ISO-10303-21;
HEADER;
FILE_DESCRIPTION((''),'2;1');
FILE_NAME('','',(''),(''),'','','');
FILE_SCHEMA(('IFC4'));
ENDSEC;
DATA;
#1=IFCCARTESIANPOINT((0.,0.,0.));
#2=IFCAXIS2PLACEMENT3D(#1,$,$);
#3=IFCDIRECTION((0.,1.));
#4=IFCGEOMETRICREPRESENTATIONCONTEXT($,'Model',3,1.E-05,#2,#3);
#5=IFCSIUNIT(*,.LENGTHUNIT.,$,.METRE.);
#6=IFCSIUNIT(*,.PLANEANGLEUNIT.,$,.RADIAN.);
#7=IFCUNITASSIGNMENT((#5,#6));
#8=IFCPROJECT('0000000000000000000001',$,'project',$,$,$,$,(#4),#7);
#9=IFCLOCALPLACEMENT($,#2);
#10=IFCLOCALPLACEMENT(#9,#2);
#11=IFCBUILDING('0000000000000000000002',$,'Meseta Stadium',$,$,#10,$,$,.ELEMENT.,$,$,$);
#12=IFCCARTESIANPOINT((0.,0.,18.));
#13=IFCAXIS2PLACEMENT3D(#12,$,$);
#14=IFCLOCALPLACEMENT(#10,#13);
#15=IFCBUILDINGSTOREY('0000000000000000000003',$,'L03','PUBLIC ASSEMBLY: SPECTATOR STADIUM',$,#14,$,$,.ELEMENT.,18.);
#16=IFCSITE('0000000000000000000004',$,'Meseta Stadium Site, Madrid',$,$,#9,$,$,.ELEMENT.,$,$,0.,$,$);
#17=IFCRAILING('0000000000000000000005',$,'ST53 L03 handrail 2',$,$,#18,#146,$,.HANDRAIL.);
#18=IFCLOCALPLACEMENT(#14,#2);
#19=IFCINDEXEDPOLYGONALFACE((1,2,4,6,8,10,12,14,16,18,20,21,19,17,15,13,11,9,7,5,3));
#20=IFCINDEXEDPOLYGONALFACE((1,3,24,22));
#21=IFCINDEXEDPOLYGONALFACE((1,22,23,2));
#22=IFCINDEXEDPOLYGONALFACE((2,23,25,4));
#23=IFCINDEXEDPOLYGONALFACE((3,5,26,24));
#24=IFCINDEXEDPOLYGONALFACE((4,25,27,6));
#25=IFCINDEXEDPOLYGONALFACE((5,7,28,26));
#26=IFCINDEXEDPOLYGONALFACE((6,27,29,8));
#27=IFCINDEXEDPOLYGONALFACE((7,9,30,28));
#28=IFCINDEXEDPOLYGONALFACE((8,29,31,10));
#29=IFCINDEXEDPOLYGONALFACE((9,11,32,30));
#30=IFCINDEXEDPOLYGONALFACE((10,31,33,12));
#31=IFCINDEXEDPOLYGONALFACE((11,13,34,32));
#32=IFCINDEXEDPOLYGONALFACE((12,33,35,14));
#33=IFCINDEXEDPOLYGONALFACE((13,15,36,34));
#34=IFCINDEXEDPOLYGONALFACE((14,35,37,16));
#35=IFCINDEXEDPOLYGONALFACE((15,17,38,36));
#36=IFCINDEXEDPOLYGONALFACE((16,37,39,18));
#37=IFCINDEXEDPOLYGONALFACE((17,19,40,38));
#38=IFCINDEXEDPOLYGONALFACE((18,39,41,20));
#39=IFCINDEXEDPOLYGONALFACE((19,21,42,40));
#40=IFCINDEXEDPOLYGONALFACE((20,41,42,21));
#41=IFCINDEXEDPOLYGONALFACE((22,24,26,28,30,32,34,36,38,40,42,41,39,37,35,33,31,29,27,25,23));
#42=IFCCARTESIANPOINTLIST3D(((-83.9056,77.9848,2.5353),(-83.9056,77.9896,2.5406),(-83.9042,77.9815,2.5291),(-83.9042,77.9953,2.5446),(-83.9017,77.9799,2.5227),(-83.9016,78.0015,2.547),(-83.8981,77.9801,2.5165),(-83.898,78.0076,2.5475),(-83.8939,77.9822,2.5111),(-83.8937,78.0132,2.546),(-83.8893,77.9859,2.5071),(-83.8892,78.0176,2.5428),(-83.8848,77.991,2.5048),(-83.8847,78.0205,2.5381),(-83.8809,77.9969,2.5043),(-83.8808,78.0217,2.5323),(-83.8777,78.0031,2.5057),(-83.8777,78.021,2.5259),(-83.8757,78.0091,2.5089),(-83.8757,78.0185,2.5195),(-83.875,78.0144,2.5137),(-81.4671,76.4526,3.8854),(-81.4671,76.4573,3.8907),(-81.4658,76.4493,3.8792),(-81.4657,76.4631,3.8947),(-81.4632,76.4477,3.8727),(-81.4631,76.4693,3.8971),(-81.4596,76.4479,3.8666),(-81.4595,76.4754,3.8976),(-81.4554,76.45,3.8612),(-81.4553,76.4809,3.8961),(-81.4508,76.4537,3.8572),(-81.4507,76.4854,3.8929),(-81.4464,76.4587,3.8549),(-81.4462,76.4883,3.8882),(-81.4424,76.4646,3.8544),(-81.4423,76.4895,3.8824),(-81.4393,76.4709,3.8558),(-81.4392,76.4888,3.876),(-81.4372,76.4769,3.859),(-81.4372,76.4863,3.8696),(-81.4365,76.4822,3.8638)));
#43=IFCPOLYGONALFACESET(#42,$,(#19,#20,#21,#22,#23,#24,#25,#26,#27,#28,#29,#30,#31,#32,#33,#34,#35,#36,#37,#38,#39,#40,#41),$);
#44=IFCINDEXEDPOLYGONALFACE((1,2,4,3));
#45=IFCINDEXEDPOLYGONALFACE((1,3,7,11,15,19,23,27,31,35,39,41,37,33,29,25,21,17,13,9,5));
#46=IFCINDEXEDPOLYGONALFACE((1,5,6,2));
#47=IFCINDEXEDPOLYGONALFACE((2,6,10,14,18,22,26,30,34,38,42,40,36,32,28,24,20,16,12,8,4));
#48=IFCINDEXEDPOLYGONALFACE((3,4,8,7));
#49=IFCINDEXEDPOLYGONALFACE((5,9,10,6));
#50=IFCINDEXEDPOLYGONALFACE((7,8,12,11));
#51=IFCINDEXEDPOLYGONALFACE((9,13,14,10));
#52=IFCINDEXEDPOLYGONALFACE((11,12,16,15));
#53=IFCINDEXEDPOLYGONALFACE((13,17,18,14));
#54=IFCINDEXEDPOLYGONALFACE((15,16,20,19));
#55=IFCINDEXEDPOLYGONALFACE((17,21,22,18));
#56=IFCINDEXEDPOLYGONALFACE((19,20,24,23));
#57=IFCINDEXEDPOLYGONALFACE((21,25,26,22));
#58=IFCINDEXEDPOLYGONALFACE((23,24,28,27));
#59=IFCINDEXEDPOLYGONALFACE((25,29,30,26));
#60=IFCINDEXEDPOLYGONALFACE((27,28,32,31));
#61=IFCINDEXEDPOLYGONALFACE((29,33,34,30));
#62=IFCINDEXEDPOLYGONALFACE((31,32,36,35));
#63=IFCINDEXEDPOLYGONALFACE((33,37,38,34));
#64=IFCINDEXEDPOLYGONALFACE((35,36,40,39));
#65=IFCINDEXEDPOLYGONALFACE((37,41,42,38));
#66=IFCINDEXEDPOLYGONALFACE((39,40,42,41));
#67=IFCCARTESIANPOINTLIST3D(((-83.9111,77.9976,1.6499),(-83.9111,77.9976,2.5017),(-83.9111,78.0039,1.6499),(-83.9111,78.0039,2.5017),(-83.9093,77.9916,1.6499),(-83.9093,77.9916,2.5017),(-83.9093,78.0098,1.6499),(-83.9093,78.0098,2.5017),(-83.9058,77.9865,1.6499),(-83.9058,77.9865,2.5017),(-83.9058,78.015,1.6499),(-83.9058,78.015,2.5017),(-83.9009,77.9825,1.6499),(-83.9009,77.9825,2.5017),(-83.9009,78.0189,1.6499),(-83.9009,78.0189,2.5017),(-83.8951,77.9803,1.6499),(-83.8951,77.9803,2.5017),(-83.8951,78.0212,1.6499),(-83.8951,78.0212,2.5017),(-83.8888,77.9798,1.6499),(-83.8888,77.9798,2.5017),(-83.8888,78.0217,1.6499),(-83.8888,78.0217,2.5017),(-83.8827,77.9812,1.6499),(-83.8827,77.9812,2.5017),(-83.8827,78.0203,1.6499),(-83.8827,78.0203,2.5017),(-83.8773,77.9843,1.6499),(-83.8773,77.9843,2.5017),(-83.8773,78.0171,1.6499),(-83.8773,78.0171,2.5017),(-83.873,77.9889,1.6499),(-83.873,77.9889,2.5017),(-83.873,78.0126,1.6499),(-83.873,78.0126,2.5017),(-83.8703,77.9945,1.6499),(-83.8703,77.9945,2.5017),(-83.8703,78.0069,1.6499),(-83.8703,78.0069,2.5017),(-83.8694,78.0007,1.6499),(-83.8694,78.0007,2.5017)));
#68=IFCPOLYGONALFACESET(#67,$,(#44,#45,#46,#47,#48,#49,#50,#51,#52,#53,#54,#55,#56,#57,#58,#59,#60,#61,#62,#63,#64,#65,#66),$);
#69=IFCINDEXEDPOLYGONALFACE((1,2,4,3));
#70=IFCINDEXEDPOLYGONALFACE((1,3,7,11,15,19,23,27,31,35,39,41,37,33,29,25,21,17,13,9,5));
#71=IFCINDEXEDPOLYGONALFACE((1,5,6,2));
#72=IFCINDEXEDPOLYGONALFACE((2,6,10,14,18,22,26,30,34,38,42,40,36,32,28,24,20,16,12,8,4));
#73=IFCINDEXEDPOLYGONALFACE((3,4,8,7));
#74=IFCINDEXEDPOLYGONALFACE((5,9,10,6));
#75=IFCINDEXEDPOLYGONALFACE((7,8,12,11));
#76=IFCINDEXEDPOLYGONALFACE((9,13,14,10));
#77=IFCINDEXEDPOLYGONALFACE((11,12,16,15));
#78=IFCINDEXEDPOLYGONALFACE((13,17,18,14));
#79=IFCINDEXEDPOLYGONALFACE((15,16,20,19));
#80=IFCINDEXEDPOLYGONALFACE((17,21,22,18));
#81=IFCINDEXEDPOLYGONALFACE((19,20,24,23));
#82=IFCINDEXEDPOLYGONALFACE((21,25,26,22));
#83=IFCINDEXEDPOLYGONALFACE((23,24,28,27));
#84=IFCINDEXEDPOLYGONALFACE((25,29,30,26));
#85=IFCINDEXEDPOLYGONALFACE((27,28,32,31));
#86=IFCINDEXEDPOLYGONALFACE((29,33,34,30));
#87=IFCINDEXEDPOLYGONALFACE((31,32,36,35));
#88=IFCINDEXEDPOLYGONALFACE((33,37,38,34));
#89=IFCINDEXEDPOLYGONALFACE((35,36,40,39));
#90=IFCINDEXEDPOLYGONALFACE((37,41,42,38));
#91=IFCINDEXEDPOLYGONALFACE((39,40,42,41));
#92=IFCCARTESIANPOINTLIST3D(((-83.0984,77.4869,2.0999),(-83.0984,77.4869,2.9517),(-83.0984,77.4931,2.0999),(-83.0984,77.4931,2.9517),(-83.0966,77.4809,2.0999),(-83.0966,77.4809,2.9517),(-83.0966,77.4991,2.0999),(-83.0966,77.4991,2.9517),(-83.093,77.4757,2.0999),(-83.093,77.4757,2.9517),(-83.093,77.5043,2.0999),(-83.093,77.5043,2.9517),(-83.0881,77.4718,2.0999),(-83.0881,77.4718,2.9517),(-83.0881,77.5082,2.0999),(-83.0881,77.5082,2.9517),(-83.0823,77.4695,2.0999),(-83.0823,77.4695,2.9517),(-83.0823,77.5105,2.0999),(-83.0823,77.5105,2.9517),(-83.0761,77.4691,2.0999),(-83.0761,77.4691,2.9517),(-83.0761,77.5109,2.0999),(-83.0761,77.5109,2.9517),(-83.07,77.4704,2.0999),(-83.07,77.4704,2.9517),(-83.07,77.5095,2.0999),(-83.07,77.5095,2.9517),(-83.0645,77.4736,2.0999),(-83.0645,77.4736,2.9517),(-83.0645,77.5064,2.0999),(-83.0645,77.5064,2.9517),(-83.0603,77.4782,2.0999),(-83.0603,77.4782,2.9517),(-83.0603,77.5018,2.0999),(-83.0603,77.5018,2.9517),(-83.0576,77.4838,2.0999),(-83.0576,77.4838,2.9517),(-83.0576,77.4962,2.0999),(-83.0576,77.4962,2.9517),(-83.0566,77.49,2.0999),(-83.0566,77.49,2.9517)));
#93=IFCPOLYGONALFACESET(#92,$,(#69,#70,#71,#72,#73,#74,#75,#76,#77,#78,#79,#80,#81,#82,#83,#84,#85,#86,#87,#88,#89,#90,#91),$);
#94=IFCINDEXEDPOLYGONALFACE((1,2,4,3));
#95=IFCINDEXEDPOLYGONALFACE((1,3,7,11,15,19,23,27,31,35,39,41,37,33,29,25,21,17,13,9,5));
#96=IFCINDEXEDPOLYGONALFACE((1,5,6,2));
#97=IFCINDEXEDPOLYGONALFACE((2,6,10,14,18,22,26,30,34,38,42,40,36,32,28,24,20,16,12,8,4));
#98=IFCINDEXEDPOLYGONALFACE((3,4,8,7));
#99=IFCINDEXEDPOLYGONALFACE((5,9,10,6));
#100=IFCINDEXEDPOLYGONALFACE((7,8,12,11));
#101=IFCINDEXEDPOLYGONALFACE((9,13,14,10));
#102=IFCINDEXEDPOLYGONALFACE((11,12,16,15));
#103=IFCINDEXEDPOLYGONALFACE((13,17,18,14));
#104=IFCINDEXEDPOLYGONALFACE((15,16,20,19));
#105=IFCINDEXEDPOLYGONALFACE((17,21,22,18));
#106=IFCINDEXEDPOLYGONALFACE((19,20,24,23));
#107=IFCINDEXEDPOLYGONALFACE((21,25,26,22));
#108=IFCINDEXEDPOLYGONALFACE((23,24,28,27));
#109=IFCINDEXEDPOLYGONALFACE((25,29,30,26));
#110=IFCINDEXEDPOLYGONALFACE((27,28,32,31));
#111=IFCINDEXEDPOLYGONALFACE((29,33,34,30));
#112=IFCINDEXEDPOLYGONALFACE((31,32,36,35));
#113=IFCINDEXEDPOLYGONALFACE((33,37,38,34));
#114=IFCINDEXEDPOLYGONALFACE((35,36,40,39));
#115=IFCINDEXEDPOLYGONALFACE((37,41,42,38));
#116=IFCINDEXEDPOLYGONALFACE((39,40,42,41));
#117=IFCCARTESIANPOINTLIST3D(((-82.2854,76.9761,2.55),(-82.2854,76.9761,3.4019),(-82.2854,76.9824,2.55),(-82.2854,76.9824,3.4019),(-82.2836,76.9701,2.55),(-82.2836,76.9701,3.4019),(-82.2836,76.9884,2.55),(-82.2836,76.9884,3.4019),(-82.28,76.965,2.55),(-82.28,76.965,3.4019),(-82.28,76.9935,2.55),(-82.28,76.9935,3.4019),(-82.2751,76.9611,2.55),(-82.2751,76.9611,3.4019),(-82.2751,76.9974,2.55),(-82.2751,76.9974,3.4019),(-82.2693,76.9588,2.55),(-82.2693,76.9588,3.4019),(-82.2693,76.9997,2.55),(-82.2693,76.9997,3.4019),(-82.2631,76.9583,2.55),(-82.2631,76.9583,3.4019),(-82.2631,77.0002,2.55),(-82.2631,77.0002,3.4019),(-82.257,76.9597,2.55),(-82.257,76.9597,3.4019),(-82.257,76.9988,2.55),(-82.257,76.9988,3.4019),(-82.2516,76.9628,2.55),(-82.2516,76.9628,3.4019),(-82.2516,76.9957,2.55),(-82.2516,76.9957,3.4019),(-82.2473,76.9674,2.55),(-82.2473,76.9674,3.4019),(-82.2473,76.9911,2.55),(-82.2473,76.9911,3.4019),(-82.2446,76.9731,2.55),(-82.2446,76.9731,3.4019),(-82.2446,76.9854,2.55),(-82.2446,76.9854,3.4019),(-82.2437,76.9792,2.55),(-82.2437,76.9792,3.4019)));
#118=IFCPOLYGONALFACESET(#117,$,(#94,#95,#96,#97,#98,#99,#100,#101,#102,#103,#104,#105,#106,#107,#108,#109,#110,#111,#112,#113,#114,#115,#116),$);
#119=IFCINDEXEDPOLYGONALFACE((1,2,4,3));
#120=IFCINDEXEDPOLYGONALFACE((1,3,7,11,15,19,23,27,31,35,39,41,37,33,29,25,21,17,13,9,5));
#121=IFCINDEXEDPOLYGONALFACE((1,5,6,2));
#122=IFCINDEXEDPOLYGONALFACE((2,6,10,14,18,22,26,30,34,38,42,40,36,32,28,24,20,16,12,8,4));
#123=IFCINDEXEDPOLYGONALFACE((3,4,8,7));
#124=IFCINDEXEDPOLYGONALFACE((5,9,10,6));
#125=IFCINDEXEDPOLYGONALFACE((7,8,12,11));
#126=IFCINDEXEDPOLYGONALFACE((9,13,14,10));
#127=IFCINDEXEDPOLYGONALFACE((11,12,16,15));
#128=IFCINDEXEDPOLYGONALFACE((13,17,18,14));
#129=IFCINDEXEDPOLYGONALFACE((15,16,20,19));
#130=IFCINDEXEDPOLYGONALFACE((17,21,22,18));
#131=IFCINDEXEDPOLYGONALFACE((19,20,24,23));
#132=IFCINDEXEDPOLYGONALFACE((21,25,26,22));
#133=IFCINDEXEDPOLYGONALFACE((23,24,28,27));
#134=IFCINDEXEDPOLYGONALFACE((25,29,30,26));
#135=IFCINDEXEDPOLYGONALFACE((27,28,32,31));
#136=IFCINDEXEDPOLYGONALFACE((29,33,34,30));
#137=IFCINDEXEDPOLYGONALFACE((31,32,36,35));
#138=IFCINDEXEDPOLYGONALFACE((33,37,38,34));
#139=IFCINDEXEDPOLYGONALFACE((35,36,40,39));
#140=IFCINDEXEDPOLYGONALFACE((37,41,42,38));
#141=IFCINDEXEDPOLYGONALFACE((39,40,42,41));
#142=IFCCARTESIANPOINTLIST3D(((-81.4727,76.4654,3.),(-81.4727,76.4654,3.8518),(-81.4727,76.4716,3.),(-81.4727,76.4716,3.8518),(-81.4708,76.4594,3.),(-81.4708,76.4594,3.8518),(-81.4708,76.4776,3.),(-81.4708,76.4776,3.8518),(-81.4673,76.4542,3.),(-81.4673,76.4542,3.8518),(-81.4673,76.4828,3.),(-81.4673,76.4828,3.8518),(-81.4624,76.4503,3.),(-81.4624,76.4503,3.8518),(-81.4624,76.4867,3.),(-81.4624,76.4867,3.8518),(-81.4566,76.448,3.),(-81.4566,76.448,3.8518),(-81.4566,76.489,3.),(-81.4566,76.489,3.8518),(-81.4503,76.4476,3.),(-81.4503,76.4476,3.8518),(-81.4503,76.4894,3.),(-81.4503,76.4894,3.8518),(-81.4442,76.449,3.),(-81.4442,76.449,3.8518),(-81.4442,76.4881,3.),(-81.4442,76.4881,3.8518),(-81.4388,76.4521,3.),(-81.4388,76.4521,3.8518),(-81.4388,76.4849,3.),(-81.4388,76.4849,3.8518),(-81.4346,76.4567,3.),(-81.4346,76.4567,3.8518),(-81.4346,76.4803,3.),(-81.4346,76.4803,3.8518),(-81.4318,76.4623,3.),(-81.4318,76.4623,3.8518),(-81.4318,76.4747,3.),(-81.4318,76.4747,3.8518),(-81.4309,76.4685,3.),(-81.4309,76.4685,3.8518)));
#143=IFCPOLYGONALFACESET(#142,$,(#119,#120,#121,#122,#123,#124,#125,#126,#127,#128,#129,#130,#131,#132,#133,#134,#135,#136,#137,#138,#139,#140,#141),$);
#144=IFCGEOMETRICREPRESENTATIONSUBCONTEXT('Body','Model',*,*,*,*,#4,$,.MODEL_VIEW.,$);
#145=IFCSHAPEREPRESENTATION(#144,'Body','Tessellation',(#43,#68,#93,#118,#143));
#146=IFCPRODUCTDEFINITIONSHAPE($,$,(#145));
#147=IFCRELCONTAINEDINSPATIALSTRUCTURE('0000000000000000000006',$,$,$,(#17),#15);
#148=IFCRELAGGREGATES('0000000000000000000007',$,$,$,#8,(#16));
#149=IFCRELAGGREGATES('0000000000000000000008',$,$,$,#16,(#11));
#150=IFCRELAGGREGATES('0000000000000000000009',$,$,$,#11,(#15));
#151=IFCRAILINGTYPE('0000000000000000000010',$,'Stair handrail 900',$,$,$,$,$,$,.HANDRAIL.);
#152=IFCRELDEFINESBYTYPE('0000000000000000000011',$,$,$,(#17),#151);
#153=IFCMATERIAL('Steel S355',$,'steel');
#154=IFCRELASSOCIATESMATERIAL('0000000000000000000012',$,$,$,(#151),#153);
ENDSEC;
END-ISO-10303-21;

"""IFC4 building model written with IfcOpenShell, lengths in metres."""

from ifc_helpers import new_model, si_unit, direction, frame, origin, origin_2d, place, context, subcontext, project, spatial, circle, extrude, material, type_object, element, save


model = new_model("IFC4")

# Units and contexts
model_context = context("Model", 3, precision=1e-05, world=origin(), true_north=direction((0.0, 1.0)))
body_context = subcontext(model_context, "Body", "Model", "MODEL_VIEW")
ifc_project = project(units=[si_unit("LENGTHUNIT", "METRE"), si_unit("PLANEANGLEUNIT", "RADIAN")], contexts=[model_context])

# Site, building, storey
site_placement = place(None, origin())
site = spatial("IfcSite", under=ifc_project, at=site_placement, Name="Meseta Stadium Site, Madrid", CompositionType="ELEMENT", RefElevation=0.0)
building_placement = place(site_placement, origin())
building = spatial("IfcBuilding", under=site, at=building_placement, Name="Meseta Stadium", CompositionType="ELEMENT")
storey_placement = place(building_placement, frame((0.0, 0.0, 18.0)))
storey = spatial("IfcBuildingStorey", under=building, at=storey_placement, Name="L03", Description="PUBLIC ASSEMBLY: SPECTATOR STADIUM", CompositionType="ELEMENT", Elevation=18.0)

# Railing
ifc_material_1 = material(Name="Steel S355", Category="steel")
railing_type_1 = type_object("IfcRailingType", Name="Stair handrail 900", PredefinedType="HANDRAIL", material=ifc_material_1)
railing_1_placement = place(storey_placement, frame((-83.8904, 78.0007, 1.6499)))
element("IfcRailing", 1, at=railing_1_placement, inside=storey, type_object=railing_type_1, Name="ST53 L03 handrail 2", PredefinedType="HANDRAIL", context=body_context, shape_type="SweptSolid", body=[
    extrude(circle(Radius=0.0239, at=origin_2d()), frame((0.0, 0.0, 0.876), z_axis=(0.766655, -0.481731, 0.42447), x_axis=(0.53204, 0.846719, 0.0)), (0.0, 0.0, 1.0), 3.1807),
    extrude(circle(Radius=0.021, at=origin_2d()), origin(), (0.0, 0.0, 1.0), 0.8518),
    extrude(circle(Radius=0.021, at=origin_2d()), frame((0.8127, -0.5107, 0.45)), (0.0, 0.0, 1.0), 0.8518),
    extrude(circle(Radius=0.021, at=origin_2d()), frame((1.6257, -1.0215, 0.9001)), (0.0, 0.0, 1.0), 0.8518),
    extrude(circle(Radius=0.021, at=origin_2d()), frame((2.4385, -1.5322, 1.3501)), (0.0, 0.0, 1.0), 0.8518),
])

save(model, "model.ifc")
